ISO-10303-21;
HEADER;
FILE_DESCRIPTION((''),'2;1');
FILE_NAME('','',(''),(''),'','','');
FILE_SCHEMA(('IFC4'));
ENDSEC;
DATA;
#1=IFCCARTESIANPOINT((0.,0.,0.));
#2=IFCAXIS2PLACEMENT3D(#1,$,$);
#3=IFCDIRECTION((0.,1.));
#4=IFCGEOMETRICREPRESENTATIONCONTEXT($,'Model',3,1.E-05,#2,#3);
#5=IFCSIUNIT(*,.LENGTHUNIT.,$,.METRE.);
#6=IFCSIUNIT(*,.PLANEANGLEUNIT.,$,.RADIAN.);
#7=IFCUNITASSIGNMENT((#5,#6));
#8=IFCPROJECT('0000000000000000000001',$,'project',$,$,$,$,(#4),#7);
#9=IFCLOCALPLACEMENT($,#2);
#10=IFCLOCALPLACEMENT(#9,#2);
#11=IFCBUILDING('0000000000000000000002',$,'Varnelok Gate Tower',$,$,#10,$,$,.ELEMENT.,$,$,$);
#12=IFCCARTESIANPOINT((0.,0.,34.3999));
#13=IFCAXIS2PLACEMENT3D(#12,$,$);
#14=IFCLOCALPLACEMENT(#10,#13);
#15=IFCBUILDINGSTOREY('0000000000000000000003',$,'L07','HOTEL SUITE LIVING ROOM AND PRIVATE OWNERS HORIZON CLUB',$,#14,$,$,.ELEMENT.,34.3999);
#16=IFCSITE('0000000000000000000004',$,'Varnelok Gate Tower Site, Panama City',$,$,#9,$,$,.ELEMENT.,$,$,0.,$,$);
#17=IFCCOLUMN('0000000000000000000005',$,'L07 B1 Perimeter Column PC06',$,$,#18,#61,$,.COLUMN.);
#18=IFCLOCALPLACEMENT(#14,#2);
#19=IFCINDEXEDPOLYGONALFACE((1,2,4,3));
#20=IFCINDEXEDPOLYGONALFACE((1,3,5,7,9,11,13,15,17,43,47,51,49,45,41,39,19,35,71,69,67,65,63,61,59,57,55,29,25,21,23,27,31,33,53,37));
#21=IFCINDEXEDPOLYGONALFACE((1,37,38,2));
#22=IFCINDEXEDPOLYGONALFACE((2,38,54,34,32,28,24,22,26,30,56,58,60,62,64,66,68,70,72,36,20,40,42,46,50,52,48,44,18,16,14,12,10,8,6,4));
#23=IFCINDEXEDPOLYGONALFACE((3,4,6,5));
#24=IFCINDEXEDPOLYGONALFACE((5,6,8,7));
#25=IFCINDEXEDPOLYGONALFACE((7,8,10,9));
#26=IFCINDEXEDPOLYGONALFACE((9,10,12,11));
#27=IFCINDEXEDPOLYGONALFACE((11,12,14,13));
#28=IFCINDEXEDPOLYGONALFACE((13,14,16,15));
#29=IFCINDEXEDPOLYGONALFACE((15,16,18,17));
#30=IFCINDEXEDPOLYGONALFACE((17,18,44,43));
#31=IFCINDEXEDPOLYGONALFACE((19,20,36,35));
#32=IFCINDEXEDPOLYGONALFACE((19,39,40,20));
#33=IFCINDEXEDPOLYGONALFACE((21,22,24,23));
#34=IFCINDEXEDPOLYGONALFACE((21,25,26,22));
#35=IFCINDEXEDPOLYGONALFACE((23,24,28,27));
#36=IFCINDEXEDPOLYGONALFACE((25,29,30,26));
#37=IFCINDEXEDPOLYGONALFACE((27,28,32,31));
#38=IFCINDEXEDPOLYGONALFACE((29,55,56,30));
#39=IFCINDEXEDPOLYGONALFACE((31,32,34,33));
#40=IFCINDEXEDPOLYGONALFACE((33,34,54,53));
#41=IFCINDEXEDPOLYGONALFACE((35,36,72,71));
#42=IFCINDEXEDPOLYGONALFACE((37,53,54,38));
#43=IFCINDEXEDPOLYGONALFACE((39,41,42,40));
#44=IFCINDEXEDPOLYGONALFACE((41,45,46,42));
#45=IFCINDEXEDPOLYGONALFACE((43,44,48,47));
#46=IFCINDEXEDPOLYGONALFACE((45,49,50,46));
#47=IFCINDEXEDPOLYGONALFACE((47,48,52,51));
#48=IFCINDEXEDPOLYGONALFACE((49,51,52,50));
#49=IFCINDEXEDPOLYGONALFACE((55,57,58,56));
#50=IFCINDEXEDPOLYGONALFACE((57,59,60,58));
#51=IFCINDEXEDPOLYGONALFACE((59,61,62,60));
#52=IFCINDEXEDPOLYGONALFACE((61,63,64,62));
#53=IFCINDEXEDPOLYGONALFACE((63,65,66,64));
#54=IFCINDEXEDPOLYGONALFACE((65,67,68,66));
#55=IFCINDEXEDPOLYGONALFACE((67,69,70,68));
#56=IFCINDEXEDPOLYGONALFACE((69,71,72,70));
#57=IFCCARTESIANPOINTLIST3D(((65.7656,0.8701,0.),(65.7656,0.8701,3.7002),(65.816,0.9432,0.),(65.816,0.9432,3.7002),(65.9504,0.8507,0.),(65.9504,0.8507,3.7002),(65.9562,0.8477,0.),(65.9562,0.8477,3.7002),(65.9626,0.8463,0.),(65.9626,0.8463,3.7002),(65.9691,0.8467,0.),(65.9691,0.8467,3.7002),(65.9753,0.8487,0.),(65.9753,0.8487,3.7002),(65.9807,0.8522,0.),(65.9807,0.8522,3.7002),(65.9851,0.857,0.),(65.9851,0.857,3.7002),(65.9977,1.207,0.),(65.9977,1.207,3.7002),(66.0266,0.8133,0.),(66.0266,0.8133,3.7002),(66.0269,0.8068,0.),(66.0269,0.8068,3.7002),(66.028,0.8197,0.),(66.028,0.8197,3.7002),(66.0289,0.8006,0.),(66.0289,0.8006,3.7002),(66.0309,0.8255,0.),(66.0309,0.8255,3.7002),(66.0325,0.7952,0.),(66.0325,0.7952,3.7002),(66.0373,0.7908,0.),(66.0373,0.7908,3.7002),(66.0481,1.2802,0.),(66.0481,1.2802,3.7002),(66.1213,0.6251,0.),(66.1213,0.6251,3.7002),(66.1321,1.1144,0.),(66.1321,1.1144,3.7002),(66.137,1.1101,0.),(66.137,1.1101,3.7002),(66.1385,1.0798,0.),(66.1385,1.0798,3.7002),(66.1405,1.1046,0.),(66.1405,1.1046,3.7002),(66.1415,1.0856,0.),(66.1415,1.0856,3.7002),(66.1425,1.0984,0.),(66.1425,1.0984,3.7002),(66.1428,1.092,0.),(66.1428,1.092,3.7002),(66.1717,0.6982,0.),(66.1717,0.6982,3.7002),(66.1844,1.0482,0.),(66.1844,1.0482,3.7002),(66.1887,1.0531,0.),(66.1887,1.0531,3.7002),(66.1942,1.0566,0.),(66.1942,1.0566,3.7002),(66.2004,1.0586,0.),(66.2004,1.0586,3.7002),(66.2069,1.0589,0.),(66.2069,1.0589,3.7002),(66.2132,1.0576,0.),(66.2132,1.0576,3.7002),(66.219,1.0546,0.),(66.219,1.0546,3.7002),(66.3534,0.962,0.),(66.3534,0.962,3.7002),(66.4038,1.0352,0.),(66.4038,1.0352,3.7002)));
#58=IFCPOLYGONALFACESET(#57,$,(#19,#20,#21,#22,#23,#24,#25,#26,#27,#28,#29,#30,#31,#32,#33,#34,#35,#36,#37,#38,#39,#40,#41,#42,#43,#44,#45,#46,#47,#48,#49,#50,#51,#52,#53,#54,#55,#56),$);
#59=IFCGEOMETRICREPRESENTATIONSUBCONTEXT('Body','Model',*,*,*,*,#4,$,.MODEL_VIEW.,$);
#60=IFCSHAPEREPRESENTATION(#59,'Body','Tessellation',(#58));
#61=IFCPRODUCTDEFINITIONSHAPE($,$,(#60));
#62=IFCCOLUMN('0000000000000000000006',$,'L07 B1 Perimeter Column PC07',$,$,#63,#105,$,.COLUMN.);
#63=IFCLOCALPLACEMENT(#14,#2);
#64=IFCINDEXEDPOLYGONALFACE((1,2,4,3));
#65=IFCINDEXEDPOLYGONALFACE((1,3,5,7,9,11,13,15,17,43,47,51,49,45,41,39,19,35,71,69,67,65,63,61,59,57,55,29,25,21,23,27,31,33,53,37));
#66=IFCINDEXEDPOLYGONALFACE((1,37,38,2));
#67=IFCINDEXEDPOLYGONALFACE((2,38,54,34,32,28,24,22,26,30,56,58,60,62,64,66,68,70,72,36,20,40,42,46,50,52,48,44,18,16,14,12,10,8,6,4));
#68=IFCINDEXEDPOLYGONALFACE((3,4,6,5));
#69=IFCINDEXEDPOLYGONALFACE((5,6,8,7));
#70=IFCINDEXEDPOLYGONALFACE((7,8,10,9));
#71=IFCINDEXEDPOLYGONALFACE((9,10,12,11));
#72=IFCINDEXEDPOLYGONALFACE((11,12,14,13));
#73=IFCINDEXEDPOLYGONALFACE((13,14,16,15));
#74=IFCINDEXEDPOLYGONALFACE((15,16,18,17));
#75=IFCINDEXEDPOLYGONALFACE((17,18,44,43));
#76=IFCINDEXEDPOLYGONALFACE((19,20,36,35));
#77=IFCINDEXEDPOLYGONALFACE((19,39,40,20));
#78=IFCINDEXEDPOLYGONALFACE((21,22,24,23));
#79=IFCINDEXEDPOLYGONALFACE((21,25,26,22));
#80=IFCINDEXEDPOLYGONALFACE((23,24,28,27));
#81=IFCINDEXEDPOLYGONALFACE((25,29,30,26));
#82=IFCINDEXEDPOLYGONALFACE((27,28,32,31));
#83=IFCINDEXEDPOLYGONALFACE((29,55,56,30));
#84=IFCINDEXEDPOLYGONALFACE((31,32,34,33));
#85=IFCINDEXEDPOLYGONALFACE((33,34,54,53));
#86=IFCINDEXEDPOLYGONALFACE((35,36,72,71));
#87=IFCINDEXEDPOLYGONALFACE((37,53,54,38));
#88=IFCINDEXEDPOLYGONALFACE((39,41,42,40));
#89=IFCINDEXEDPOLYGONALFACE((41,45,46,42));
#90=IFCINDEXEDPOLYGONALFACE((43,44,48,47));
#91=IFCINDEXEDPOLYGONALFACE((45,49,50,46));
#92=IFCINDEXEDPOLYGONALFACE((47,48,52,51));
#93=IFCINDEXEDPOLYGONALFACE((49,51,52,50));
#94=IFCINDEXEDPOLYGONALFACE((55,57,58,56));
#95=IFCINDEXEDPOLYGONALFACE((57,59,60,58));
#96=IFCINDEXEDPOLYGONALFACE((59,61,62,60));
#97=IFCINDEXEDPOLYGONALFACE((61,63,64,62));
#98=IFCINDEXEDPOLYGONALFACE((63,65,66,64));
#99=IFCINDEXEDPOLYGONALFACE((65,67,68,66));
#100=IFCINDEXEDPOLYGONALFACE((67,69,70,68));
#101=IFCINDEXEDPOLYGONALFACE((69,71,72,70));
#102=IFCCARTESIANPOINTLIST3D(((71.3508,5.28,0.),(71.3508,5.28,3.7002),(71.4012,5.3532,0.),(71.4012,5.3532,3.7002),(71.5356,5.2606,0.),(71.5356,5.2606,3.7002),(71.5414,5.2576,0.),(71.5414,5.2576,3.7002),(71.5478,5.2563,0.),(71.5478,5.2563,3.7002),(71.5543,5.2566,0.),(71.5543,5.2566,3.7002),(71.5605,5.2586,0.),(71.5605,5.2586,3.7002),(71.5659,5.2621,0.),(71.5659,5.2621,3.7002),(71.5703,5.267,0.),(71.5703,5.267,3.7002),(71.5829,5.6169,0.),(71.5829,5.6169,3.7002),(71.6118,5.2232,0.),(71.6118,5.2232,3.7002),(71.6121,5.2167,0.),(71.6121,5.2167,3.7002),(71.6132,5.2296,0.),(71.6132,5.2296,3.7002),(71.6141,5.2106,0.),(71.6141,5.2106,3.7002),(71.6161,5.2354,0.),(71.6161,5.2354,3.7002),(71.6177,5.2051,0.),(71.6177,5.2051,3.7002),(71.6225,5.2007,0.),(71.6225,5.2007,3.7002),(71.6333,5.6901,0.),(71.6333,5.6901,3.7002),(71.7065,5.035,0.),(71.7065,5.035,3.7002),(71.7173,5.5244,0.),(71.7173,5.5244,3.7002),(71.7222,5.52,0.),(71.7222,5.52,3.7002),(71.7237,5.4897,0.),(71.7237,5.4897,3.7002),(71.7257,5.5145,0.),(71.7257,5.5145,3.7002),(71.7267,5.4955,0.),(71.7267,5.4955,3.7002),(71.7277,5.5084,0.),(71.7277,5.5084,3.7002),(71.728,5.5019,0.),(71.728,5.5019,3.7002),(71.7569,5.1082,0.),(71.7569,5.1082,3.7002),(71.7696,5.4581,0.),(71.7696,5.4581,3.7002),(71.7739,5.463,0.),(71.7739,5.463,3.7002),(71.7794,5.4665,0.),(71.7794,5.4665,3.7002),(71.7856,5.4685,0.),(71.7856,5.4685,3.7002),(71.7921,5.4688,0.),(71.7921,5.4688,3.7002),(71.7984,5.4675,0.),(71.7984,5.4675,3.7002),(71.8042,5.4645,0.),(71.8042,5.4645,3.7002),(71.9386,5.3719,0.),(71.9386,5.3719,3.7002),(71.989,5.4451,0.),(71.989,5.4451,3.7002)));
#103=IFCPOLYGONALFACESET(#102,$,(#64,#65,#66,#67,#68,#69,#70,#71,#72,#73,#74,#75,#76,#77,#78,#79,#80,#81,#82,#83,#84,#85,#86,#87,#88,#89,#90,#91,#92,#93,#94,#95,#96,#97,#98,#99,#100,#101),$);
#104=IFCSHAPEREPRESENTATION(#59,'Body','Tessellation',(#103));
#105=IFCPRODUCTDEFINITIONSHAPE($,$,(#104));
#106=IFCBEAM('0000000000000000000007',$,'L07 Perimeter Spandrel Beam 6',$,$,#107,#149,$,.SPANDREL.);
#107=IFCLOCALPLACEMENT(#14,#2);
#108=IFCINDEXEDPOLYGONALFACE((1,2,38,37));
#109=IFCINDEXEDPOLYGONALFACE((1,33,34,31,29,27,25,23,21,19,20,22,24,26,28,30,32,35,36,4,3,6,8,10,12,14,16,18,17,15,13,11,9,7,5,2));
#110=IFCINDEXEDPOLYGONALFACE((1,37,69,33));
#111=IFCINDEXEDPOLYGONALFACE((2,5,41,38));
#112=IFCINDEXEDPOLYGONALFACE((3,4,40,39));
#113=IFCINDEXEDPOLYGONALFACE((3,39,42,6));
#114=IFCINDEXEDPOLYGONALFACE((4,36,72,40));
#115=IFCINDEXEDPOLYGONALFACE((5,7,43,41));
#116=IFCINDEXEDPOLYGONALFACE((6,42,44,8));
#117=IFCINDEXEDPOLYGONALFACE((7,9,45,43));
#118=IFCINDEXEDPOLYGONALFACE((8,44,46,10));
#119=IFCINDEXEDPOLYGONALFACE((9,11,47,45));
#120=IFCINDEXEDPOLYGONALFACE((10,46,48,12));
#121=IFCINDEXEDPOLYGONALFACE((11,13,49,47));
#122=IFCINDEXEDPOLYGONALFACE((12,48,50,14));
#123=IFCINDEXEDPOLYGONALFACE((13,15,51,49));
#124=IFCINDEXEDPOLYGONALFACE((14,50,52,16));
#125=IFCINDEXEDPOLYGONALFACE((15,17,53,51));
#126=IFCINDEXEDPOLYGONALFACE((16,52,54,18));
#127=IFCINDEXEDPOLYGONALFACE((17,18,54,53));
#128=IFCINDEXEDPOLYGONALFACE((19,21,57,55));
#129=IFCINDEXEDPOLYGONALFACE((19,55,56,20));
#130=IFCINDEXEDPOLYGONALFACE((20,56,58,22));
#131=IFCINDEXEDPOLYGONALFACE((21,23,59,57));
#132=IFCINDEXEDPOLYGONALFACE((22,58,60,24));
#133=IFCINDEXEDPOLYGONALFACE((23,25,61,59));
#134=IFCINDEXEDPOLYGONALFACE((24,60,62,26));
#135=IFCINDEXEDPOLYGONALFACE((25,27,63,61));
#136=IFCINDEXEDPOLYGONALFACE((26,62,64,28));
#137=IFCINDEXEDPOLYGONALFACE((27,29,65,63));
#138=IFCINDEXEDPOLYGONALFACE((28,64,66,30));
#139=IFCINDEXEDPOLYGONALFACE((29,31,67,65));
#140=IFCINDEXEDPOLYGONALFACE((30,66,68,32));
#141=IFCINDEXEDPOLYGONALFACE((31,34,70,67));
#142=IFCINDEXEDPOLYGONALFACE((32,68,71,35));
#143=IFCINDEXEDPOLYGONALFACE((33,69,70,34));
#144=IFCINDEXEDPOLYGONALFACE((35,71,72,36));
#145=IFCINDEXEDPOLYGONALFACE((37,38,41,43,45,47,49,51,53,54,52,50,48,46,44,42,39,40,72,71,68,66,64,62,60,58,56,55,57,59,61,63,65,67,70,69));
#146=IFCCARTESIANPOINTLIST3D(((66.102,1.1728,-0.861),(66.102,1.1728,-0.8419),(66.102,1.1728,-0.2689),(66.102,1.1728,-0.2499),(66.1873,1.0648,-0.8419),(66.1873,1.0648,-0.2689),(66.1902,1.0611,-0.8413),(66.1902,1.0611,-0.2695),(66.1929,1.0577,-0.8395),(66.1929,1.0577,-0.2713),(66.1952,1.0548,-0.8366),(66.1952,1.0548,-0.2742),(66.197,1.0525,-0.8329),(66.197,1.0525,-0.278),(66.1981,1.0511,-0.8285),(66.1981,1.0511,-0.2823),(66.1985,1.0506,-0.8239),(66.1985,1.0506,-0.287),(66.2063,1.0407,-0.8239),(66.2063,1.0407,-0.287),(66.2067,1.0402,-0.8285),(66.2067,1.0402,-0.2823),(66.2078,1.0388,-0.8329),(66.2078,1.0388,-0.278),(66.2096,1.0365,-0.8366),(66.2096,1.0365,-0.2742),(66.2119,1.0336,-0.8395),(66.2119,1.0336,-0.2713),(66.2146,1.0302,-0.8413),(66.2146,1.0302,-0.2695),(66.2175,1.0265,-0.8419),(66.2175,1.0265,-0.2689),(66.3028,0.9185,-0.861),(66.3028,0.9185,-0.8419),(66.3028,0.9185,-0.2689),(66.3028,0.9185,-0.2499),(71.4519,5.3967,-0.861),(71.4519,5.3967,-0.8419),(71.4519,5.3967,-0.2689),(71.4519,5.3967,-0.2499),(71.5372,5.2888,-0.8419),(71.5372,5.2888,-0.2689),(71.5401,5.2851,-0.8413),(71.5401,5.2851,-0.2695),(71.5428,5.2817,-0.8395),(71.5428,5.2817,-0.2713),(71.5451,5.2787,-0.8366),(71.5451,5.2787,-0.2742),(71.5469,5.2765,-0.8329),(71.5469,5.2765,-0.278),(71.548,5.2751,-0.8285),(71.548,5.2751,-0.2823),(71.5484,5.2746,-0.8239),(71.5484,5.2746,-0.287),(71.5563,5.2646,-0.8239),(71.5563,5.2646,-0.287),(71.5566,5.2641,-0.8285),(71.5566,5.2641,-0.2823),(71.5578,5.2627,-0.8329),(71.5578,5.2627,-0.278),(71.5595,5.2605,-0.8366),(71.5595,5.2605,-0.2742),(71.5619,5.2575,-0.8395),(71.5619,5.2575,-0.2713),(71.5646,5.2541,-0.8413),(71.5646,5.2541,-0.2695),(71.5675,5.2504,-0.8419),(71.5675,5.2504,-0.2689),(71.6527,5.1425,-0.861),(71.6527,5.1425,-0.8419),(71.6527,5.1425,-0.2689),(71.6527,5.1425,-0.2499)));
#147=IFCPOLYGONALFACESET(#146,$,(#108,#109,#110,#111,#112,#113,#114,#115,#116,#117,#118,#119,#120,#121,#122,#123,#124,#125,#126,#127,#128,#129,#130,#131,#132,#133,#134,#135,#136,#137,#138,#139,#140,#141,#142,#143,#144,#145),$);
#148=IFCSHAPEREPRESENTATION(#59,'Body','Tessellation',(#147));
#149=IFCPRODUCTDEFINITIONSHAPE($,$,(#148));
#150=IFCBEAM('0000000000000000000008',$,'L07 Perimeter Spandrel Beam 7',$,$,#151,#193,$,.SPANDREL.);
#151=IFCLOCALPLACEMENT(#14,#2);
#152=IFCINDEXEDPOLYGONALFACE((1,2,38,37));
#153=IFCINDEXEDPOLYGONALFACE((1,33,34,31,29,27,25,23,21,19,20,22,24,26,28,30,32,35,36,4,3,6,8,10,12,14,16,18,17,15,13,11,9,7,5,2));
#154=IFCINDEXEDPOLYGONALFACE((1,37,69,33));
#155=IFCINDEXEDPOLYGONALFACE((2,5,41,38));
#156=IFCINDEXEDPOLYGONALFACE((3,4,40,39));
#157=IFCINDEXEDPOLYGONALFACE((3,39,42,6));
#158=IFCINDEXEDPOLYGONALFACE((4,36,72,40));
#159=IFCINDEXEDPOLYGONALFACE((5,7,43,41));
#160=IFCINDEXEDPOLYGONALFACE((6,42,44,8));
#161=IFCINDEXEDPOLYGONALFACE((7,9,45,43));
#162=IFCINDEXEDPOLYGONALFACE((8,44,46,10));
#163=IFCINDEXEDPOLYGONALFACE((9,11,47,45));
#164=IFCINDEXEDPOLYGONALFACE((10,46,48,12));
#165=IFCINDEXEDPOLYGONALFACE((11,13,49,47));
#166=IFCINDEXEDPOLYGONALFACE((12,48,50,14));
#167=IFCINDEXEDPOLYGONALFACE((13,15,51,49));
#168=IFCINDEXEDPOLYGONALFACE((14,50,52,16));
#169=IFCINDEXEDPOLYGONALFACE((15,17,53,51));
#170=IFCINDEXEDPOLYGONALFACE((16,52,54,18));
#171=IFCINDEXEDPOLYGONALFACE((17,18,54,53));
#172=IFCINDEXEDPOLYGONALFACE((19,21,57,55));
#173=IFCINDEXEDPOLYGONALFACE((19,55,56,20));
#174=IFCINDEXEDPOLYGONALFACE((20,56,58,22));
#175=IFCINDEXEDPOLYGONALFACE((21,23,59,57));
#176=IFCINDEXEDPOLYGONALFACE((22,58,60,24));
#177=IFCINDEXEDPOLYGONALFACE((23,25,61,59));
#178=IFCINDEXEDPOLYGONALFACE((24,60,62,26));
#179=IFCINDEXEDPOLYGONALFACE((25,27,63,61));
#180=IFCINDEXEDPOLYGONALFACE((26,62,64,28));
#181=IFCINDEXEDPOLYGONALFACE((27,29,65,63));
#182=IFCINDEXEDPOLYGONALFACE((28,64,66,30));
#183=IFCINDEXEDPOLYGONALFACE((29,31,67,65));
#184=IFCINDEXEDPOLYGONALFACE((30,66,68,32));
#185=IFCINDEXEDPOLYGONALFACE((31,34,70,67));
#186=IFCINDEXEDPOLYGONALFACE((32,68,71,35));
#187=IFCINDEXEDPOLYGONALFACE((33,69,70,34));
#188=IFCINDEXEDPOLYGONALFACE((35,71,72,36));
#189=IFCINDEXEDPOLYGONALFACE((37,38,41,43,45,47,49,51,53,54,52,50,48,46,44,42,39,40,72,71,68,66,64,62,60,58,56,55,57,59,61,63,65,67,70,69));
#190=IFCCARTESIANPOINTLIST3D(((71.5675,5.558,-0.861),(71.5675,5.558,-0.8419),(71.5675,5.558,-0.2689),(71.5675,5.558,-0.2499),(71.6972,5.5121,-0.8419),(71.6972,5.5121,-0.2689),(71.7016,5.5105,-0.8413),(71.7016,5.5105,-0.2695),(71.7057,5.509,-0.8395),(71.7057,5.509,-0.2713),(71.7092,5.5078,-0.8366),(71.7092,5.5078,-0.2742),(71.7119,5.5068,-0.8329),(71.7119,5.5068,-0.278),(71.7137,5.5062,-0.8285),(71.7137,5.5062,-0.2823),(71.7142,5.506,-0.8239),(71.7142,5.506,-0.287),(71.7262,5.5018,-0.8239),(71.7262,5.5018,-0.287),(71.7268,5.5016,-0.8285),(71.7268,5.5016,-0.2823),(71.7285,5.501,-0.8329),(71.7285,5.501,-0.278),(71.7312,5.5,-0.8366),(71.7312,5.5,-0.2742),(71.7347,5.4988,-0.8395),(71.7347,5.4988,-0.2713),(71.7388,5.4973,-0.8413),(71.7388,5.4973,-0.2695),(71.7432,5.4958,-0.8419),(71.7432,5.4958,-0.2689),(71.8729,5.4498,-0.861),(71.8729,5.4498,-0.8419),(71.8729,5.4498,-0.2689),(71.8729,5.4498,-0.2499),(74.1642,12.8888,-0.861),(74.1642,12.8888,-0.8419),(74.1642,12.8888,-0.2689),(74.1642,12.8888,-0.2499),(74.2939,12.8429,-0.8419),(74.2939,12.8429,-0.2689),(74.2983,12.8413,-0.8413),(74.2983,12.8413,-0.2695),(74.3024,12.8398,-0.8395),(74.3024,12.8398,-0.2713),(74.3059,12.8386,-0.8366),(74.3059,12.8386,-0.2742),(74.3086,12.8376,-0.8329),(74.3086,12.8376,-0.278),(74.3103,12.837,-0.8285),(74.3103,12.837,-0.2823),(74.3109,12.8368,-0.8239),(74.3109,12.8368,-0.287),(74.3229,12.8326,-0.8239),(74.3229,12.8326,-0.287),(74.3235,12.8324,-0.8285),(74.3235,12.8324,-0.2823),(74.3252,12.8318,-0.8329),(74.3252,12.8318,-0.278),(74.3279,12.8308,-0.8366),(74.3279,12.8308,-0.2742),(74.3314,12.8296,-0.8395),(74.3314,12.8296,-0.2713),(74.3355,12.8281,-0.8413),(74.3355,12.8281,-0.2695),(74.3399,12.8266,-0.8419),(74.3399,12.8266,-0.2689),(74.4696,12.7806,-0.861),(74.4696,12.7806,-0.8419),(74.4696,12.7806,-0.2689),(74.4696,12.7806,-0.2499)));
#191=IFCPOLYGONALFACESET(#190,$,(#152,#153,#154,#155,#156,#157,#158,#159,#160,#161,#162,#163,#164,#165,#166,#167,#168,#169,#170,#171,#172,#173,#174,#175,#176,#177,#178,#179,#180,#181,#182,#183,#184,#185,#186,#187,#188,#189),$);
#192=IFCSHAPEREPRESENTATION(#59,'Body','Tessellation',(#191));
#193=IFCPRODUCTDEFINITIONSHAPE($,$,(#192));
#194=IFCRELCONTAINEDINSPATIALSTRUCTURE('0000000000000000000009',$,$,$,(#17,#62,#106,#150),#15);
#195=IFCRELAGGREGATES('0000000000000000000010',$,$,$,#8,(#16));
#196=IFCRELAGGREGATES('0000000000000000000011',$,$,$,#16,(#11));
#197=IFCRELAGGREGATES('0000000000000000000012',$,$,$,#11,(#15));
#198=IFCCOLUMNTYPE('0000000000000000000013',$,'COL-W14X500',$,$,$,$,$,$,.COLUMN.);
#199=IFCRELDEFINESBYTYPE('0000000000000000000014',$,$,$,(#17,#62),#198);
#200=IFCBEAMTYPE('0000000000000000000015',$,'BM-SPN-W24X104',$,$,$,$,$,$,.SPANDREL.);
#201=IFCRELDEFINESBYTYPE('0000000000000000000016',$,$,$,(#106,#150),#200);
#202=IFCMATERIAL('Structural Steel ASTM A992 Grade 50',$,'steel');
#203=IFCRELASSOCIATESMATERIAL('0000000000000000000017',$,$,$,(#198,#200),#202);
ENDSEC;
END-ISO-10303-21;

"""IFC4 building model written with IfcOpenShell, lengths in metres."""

from ifc_helpers import new_model, si_unit, direction, frame, origin, origin_2d, place, context, subcontext, project, spatial, i_section, extrude, material, material_profile, profile_set, type_object, element, save


model = new_model("IFC4")

# Units and contexts
model_context = context("Model", 3, precision=1e-05, world=origin(), true_north=direction((0.0, 1.0)))
body_context = subcontext(model_context, "Body", "Model", "MODEL_VIEW")
ifc_project = project(units=[si_unit("LENGTHUNIT", "METRE"), si_unit("PLANEANGLEUNIT", "RADIAN")], contexts=[model_context])

# Site, building, storey
site_placement = place(None, origin())
site = spatial("IfcSite", under=ifc_project, at=site_placement, Name="Varnelok Gate Tower Site, Panama City", CompositionType="ELEMENT", RefElevation=0.0)
building_placement = place(site_placement, origin())
building = spatial("IfcBuilding", under=site, at=building_placement, Name="Varnelok Gate Tower", CompositionType="ELEMENT")
storey_placement = place(building_placement, frame((0.0, 0.0, 34.3999)))
storey = spatial("IfcBuildingStorey", under=building, at=storey_placement, Name="L07", Description="HOTEL SUITE LIVING ROOM AND PRIVATE OWNERS HORIZON CLUB", CompositionType="ELEMENT", Elevation=34.3999)

# Columns
ifc_material_1 = material(Name="Structural Steel ASTM A992 Grade 50", Category="steel")
ifc_material_profile_1 = material_profile(ifc_material_1, i_section(OverallWidth=0.4319, OverallDepth=0.498, WebThickness=0.0557, FlangeThickness=0.0889, FilletRadius=0.0249, at=origin_2d()), Name="W14X500")
ifc_profile_set_1 = profile_set([ifc_material_profile_1], Name="Structural Steel ASTM A992 Grade 50")
column_type = type_object("IfcColumnType", Name="COL-W14X500", PredefinedType="COLUMN", material=ifc_profile_set_1)
for number, where, z_axis, x_axis, name in (
    (1, (66.0847, 0.9526, 0.0), (0.0, 0.0, 1.0), (0.823533, -0.567269, 0.0), "L07 B1 Perimeter Column PC06"),
    (2, (71.6699, 5.3625, 0.0), (0.0, 0.0, 1.0), (0.823533, -0.567269, 0.0), "L07 B1 Perimeter Column PC07"),
):
    element("IfcColumn", number, at=place(storey_placement, frame(where, z_axis=z_axis, x_axis=x_axis)), inside=storey, type_object=column_type, Name=name, PredefinedType="COLUMN", context=body_context, shape_type="SweptSolid", body=[
        extrude(i_section(OverallWidth=0.4319, OverallDepth=0.498, WebThickness=0.0557, FlangeThickness=0.0889, FilletRadius=0.0249, at=origin_2d()), origin(), (0.0, 0.0, 1.0), 3.7002),
    ])

# Beams
ifc_material_profile_2 = material_profile(ifc_material_1, i_section(OverallWidth=0.324, OverallDepth=0.6111, WebThickness=0.0127, FlangeThickness=0.019, FilletRadius=0.0181, at=origin_2d()), Name="W24X104")
ifc_profile_set_2 = profile_set([ifc_material_profile_2], Name="Structural Steel ASTM A992 Grade 50")
beam_type = type_object("IfcBeamType", Name="BM-SPN-W24X104", PredefinedType="SPANDREL", material=ifc_profile_set_2)
beam_1_placement = place(storey_placement, frame((66.2024, 1.0457, -0.5554), z_axis=(0.784861, 0.619672, 0.0), x_axis=(-0.619672, 0.784861, 0.0)))
element("IfcBeam", 3, at=beam_1_placement, inside=storey, type_object=beam_type, Name="L07 Perimeter Spandrel Beam 6", PredefinedType="SPANDREL", context=body_context, shape_type="SweptSolid", body=[
    extrude(i_section(OverallWidth=0.324, OverallDepth=0.6111, WebThickness=0.0127, FlangeThickness=0.019, FilletRadius=0.0181, at=origin_2d()), origin(), (0.0, 0.0, 1.0), 6.8164),
])
beam_2_placement = place(storey_placement, frame((71.7202, 5.5039, -0.5554), z_axis=(0.333887, 0.942613, 0.0), x_axis=(-0.942613, 0.333887, 0.0)))
element("IfcBeam", 4, at=beam_2_placement, inside=storey, type_object=beam_type, Name="L07 Perimeter Spandrel Beam 7", PredefinedType="SPANDREL", context=body_context, shape_type="SweptSolid", body=[
    extrude(i_section(OverallWidth=0.324, OverallDepth=0.6111, WebThickness=0.0127, FlangeThickness=0.019, FilletRadius=0.0181, at=origin_2d()), origin(), (0.0, 0.0, 1.0), 7.7771),
])

save(model, "model.ifc")
